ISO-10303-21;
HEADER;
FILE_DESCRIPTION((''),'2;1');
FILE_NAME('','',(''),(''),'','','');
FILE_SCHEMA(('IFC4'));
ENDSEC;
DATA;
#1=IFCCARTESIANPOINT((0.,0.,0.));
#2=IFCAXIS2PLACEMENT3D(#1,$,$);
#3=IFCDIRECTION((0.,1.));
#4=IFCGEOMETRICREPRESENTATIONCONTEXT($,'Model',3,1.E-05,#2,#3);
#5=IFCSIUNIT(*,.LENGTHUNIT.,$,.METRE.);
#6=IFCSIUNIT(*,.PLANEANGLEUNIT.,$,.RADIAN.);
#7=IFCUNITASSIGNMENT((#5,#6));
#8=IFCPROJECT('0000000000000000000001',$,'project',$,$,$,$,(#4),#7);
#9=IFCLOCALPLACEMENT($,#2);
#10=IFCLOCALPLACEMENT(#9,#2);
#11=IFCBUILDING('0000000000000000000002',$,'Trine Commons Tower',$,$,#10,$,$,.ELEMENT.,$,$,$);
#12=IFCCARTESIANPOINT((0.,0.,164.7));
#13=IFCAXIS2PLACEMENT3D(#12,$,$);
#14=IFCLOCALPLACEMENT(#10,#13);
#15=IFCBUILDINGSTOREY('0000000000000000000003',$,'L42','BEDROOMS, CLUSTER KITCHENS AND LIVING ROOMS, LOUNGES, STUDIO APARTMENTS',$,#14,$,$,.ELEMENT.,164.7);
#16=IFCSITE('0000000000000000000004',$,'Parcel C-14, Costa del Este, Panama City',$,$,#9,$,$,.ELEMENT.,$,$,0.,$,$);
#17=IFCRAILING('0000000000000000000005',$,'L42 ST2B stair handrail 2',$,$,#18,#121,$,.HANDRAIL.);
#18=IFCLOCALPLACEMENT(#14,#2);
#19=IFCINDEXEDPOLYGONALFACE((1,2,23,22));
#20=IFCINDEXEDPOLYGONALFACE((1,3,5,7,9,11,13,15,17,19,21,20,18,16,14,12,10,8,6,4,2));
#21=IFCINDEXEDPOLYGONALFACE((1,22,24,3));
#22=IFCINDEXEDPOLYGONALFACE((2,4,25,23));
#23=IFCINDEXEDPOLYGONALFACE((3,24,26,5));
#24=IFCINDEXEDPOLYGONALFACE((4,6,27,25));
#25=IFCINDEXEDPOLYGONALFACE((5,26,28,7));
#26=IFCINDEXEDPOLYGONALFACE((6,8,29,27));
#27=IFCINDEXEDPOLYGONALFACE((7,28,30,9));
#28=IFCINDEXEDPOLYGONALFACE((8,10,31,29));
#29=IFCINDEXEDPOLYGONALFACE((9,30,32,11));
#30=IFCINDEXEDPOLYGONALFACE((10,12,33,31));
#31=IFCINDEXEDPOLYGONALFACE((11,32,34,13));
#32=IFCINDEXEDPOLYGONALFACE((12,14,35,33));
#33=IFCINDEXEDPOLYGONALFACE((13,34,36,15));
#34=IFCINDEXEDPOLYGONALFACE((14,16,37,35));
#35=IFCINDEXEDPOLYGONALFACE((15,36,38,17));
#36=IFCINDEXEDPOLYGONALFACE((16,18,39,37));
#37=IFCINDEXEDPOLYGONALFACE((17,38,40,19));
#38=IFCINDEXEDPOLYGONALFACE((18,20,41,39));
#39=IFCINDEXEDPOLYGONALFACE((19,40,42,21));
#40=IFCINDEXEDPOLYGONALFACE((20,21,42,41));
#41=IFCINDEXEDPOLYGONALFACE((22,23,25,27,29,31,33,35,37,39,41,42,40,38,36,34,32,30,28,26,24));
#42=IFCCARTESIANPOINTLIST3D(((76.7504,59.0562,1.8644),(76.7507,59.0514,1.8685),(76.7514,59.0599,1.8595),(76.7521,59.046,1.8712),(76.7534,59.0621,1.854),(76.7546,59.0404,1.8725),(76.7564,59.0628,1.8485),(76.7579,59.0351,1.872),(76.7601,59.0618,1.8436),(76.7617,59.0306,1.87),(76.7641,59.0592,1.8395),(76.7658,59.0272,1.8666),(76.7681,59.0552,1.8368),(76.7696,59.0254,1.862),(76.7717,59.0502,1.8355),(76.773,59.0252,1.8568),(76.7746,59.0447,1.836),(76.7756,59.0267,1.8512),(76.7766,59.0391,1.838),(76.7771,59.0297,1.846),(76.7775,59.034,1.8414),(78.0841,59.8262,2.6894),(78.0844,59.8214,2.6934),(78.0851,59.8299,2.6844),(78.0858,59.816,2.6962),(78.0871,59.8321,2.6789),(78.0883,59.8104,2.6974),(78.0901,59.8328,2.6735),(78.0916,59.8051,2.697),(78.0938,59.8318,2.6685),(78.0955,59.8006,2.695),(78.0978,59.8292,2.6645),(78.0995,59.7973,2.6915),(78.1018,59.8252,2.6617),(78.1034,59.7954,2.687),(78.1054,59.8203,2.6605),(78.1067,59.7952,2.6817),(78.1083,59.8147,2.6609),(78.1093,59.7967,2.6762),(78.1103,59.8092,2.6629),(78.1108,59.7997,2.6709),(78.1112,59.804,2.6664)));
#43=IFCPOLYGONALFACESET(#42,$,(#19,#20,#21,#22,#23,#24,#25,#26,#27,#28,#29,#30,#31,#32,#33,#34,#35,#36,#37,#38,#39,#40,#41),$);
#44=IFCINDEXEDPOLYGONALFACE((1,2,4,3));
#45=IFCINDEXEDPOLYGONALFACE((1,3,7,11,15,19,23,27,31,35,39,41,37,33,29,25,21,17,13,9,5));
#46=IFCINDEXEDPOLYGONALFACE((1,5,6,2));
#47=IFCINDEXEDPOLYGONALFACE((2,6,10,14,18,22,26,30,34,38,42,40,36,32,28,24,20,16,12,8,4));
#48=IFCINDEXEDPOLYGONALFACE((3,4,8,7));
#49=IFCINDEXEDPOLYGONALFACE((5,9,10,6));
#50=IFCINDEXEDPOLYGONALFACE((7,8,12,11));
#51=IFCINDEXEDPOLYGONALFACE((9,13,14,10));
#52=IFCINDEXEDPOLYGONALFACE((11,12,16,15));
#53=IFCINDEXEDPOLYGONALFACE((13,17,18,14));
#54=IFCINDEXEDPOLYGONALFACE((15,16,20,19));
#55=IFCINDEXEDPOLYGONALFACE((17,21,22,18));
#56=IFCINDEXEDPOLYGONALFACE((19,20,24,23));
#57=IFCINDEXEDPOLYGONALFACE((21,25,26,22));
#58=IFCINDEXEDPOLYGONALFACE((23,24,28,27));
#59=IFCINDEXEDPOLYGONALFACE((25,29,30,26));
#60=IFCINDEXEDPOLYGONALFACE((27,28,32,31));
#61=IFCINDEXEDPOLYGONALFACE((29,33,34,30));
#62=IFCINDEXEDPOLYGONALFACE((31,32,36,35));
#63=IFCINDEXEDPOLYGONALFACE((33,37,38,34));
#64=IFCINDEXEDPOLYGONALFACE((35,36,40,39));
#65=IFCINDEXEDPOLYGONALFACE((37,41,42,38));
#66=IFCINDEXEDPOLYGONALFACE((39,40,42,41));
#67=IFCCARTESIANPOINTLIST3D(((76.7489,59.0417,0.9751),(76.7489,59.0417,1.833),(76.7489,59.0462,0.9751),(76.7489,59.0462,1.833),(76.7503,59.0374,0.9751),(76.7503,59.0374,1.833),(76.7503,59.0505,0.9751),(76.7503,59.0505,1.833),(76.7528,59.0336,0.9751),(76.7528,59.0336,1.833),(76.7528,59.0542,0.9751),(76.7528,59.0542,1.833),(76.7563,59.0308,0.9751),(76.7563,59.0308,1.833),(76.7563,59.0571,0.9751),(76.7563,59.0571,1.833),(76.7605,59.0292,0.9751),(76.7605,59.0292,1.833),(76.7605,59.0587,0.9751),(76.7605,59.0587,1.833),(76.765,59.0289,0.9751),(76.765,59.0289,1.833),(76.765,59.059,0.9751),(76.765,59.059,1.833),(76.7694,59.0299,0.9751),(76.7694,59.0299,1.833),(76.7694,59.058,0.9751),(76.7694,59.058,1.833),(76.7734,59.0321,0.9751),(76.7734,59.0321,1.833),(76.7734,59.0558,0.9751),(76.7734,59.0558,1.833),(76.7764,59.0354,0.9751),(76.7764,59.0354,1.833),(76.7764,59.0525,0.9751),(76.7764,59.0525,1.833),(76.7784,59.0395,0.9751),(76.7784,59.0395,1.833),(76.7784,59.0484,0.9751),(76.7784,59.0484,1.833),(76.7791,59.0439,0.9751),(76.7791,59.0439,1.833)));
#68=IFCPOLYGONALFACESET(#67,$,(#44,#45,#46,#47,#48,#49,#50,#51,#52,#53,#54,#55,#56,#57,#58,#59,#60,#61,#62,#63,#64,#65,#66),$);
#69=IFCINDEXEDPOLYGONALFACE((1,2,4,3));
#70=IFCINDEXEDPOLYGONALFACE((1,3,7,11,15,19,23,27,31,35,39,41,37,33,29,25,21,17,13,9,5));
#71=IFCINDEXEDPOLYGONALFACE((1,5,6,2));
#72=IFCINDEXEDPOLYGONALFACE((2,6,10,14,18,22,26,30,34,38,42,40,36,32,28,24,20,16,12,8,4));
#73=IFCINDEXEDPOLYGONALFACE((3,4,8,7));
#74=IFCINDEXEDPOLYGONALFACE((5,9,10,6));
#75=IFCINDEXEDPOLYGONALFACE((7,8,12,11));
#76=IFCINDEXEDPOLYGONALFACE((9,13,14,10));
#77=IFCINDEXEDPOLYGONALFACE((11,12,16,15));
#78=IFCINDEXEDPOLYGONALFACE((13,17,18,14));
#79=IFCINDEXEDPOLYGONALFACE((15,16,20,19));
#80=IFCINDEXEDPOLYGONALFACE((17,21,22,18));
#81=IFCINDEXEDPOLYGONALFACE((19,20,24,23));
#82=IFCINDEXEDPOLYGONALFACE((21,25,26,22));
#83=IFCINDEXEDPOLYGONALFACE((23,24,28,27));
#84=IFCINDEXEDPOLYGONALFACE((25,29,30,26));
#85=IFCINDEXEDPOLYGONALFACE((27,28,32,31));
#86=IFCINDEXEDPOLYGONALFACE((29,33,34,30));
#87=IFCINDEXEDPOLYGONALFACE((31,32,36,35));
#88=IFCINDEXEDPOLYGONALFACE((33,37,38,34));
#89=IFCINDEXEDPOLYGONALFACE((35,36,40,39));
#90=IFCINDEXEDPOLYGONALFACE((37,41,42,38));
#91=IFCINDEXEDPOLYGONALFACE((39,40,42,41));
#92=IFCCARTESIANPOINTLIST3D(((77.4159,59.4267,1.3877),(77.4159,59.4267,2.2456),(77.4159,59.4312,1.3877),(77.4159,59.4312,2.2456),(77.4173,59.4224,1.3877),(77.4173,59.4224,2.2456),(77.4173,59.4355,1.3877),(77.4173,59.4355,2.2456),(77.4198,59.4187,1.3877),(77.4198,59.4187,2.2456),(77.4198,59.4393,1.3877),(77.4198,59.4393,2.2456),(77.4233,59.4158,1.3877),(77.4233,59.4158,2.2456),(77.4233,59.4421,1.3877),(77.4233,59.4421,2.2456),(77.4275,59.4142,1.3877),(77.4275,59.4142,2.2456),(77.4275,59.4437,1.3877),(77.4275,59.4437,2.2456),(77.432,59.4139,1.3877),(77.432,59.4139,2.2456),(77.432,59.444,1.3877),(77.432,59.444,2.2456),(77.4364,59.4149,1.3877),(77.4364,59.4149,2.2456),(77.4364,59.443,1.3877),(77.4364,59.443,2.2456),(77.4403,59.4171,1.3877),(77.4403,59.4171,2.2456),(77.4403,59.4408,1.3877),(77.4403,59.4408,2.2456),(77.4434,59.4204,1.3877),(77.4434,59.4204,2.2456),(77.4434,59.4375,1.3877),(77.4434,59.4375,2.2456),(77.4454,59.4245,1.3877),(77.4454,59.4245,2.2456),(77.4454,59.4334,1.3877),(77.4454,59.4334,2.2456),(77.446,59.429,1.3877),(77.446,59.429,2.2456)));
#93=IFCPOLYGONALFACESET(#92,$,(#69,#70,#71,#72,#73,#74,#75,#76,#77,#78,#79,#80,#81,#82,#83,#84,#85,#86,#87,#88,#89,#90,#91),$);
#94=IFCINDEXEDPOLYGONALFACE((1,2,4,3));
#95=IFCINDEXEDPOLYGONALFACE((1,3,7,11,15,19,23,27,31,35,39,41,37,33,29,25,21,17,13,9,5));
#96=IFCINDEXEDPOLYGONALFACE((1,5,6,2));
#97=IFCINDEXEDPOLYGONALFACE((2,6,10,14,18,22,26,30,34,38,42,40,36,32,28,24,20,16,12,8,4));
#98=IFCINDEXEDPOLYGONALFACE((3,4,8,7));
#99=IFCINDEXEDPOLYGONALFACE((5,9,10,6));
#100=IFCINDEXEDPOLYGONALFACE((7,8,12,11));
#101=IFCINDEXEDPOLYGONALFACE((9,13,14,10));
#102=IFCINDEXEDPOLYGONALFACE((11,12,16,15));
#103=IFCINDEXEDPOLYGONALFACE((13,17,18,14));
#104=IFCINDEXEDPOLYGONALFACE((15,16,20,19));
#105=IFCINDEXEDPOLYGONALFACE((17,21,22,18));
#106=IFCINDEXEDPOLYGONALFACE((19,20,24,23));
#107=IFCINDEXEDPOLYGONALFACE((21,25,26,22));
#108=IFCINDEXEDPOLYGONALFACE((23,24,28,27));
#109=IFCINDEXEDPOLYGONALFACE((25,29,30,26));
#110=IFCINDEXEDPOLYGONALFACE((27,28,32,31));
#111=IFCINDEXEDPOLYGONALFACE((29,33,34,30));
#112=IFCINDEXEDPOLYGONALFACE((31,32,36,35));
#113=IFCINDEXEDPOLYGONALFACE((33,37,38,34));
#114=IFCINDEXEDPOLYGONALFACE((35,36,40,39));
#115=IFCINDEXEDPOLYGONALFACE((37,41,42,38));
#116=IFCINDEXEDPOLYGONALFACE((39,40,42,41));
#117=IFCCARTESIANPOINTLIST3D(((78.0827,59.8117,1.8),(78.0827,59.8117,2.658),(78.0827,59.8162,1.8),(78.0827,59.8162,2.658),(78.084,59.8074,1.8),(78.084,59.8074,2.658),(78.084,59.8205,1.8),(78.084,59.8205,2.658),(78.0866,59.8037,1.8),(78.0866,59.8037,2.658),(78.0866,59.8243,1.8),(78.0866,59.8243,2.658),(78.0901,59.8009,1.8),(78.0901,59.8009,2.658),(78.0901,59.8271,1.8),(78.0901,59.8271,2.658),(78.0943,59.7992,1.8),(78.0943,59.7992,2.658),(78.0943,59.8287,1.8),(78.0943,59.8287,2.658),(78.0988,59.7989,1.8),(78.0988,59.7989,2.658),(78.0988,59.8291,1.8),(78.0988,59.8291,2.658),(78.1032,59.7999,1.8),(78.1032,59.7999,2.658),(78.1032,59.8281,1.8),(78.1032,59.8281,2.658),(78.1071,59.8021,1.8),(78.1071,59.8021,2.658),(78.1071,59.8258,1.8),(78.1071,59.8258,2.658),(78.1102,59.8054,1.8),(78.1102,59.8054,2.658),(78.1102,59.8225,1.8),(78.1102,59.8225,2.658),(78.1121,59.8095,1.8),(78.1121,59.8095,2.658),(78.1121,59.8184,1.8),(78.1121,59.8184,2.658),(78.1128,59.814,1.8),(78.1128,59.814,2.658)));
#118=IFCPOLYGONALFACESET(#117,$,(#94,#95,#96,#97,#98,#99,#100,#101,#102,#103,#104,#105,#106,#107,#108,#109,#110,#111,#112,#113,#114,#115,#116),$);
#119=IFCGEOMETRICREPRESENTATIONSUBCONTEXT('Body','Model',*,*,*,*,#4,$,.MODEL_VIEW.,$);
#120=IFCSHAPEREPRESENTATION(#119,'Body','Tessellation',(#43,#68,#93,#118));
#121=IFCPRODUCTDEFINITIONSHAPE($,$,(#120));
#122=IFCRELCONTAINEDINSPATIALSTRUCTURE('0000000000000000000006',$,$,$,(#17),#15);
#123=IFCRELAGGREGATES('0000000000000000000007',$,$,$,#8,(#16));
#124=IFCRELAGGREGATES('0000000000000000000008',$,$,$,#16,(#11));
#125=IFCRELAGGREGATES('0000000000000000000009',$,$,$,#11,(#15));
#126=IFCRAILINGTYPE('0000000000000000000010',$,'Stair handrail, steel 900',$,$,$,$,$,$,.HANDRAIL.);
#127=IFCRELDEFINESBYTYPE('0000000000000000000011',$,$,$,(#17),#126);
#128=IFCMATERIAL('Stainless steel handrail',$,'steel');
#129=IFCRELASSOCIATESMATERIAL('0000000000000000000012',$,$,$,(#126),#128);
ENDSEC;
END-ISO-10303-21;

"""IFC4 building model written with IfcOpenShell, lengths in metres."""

from ifc_helpers import new_model, si_unit, direction, frame, origin, origin_2d, place, context, subcontext, project, spatial, circle, extrude, material, type_object, element, save


model = new_model("IFC4")

# Units and contexts
model_context = context("Model", 3, precision=1e-05, world=origin(), true_north=direction((0.0, 1.0)))
body_context = subcontext(model_context, "Body", "Model", "MODEL_VIEW")
ifc_project = project(units=[si_unit("LENGTHUNIT", "METRE"), si_unit("PLANEANGLEUNIT", "RADIAN")], contexts=[model_context])

# Site, building, storey
site_placement = place(None, origin())
site = spatial("IfcSite", under=ifc_project, at=site_placement, Name="Parcel C-14, Costa del Este, Panama City", CompositionType="ELEMENT", RefElevation=0.0)
building_placement = place(site_placement, origin())
building = spatial("IfcBuilding", under=site, at=building_placement, Name="Trine Commons Tower", CompositionType="ELEMENT")
storey_placement = place(building_placement, frame((0.0, 0.0, 164.7)))
storey = spatial("IfcBuildingStorey", under=building, at=storey_placement, Name="L42", Description="BEDROOMS, CLUSTER KITCHENS AND LIVING ROOMS, LOUNGES, STUDIO APARTMENTS", CompositionType="ELEMENT", Elevation=164.7)

# Railing
ifc_material_1 = material(Name="Stainless steel handrail", Category="steel")
railing_type_1 = type_object("IfcRailingType", Name="Stair handrail, steel 900", PredefinedType="HANDRAIL", material=ifc_material_1)
for number, where, name in (
    (1, (76.7639, 59.0439, 0.9751), "L42 ST2B stair handrail 2"),
):
    element("IfcRailing", number, at=place(storey_placement, frame(where)), inside=storey, type_object=railing_type_1, Name=name, PredefinedType="HANDRAIL", context=body_context, shape_type="SweptSolid", body=[
        extrude(circle(Radius=0.021, at=origin_2d()), frame((0.0, 0.0, 0.8789), z_axis=(0.763405, 0.440743, 0.472185), x_axis=(-0.499992, 0.86603, 0.0)), (0.0, 0.0, 1.0), 1.7471),
        extrude(circle(Radius=0.0151, at=origin_2d()), origin(), (0.0, 0.0, 1.0), 0.8579),
        extrude(circle(Radius=0.0151, at=origin_2d()), frame((0.667, 0.385, 0.4126)), (0.0, 0.0, 1.0), 0.8579),
        extrude(circle(Radius=0.0151, at=origin_2d()), frame((1.3337, 0.77, 0.825)), (0.0, 0.0, 1.0), 0.8579),
    ])

save(model, "model.ifc")
